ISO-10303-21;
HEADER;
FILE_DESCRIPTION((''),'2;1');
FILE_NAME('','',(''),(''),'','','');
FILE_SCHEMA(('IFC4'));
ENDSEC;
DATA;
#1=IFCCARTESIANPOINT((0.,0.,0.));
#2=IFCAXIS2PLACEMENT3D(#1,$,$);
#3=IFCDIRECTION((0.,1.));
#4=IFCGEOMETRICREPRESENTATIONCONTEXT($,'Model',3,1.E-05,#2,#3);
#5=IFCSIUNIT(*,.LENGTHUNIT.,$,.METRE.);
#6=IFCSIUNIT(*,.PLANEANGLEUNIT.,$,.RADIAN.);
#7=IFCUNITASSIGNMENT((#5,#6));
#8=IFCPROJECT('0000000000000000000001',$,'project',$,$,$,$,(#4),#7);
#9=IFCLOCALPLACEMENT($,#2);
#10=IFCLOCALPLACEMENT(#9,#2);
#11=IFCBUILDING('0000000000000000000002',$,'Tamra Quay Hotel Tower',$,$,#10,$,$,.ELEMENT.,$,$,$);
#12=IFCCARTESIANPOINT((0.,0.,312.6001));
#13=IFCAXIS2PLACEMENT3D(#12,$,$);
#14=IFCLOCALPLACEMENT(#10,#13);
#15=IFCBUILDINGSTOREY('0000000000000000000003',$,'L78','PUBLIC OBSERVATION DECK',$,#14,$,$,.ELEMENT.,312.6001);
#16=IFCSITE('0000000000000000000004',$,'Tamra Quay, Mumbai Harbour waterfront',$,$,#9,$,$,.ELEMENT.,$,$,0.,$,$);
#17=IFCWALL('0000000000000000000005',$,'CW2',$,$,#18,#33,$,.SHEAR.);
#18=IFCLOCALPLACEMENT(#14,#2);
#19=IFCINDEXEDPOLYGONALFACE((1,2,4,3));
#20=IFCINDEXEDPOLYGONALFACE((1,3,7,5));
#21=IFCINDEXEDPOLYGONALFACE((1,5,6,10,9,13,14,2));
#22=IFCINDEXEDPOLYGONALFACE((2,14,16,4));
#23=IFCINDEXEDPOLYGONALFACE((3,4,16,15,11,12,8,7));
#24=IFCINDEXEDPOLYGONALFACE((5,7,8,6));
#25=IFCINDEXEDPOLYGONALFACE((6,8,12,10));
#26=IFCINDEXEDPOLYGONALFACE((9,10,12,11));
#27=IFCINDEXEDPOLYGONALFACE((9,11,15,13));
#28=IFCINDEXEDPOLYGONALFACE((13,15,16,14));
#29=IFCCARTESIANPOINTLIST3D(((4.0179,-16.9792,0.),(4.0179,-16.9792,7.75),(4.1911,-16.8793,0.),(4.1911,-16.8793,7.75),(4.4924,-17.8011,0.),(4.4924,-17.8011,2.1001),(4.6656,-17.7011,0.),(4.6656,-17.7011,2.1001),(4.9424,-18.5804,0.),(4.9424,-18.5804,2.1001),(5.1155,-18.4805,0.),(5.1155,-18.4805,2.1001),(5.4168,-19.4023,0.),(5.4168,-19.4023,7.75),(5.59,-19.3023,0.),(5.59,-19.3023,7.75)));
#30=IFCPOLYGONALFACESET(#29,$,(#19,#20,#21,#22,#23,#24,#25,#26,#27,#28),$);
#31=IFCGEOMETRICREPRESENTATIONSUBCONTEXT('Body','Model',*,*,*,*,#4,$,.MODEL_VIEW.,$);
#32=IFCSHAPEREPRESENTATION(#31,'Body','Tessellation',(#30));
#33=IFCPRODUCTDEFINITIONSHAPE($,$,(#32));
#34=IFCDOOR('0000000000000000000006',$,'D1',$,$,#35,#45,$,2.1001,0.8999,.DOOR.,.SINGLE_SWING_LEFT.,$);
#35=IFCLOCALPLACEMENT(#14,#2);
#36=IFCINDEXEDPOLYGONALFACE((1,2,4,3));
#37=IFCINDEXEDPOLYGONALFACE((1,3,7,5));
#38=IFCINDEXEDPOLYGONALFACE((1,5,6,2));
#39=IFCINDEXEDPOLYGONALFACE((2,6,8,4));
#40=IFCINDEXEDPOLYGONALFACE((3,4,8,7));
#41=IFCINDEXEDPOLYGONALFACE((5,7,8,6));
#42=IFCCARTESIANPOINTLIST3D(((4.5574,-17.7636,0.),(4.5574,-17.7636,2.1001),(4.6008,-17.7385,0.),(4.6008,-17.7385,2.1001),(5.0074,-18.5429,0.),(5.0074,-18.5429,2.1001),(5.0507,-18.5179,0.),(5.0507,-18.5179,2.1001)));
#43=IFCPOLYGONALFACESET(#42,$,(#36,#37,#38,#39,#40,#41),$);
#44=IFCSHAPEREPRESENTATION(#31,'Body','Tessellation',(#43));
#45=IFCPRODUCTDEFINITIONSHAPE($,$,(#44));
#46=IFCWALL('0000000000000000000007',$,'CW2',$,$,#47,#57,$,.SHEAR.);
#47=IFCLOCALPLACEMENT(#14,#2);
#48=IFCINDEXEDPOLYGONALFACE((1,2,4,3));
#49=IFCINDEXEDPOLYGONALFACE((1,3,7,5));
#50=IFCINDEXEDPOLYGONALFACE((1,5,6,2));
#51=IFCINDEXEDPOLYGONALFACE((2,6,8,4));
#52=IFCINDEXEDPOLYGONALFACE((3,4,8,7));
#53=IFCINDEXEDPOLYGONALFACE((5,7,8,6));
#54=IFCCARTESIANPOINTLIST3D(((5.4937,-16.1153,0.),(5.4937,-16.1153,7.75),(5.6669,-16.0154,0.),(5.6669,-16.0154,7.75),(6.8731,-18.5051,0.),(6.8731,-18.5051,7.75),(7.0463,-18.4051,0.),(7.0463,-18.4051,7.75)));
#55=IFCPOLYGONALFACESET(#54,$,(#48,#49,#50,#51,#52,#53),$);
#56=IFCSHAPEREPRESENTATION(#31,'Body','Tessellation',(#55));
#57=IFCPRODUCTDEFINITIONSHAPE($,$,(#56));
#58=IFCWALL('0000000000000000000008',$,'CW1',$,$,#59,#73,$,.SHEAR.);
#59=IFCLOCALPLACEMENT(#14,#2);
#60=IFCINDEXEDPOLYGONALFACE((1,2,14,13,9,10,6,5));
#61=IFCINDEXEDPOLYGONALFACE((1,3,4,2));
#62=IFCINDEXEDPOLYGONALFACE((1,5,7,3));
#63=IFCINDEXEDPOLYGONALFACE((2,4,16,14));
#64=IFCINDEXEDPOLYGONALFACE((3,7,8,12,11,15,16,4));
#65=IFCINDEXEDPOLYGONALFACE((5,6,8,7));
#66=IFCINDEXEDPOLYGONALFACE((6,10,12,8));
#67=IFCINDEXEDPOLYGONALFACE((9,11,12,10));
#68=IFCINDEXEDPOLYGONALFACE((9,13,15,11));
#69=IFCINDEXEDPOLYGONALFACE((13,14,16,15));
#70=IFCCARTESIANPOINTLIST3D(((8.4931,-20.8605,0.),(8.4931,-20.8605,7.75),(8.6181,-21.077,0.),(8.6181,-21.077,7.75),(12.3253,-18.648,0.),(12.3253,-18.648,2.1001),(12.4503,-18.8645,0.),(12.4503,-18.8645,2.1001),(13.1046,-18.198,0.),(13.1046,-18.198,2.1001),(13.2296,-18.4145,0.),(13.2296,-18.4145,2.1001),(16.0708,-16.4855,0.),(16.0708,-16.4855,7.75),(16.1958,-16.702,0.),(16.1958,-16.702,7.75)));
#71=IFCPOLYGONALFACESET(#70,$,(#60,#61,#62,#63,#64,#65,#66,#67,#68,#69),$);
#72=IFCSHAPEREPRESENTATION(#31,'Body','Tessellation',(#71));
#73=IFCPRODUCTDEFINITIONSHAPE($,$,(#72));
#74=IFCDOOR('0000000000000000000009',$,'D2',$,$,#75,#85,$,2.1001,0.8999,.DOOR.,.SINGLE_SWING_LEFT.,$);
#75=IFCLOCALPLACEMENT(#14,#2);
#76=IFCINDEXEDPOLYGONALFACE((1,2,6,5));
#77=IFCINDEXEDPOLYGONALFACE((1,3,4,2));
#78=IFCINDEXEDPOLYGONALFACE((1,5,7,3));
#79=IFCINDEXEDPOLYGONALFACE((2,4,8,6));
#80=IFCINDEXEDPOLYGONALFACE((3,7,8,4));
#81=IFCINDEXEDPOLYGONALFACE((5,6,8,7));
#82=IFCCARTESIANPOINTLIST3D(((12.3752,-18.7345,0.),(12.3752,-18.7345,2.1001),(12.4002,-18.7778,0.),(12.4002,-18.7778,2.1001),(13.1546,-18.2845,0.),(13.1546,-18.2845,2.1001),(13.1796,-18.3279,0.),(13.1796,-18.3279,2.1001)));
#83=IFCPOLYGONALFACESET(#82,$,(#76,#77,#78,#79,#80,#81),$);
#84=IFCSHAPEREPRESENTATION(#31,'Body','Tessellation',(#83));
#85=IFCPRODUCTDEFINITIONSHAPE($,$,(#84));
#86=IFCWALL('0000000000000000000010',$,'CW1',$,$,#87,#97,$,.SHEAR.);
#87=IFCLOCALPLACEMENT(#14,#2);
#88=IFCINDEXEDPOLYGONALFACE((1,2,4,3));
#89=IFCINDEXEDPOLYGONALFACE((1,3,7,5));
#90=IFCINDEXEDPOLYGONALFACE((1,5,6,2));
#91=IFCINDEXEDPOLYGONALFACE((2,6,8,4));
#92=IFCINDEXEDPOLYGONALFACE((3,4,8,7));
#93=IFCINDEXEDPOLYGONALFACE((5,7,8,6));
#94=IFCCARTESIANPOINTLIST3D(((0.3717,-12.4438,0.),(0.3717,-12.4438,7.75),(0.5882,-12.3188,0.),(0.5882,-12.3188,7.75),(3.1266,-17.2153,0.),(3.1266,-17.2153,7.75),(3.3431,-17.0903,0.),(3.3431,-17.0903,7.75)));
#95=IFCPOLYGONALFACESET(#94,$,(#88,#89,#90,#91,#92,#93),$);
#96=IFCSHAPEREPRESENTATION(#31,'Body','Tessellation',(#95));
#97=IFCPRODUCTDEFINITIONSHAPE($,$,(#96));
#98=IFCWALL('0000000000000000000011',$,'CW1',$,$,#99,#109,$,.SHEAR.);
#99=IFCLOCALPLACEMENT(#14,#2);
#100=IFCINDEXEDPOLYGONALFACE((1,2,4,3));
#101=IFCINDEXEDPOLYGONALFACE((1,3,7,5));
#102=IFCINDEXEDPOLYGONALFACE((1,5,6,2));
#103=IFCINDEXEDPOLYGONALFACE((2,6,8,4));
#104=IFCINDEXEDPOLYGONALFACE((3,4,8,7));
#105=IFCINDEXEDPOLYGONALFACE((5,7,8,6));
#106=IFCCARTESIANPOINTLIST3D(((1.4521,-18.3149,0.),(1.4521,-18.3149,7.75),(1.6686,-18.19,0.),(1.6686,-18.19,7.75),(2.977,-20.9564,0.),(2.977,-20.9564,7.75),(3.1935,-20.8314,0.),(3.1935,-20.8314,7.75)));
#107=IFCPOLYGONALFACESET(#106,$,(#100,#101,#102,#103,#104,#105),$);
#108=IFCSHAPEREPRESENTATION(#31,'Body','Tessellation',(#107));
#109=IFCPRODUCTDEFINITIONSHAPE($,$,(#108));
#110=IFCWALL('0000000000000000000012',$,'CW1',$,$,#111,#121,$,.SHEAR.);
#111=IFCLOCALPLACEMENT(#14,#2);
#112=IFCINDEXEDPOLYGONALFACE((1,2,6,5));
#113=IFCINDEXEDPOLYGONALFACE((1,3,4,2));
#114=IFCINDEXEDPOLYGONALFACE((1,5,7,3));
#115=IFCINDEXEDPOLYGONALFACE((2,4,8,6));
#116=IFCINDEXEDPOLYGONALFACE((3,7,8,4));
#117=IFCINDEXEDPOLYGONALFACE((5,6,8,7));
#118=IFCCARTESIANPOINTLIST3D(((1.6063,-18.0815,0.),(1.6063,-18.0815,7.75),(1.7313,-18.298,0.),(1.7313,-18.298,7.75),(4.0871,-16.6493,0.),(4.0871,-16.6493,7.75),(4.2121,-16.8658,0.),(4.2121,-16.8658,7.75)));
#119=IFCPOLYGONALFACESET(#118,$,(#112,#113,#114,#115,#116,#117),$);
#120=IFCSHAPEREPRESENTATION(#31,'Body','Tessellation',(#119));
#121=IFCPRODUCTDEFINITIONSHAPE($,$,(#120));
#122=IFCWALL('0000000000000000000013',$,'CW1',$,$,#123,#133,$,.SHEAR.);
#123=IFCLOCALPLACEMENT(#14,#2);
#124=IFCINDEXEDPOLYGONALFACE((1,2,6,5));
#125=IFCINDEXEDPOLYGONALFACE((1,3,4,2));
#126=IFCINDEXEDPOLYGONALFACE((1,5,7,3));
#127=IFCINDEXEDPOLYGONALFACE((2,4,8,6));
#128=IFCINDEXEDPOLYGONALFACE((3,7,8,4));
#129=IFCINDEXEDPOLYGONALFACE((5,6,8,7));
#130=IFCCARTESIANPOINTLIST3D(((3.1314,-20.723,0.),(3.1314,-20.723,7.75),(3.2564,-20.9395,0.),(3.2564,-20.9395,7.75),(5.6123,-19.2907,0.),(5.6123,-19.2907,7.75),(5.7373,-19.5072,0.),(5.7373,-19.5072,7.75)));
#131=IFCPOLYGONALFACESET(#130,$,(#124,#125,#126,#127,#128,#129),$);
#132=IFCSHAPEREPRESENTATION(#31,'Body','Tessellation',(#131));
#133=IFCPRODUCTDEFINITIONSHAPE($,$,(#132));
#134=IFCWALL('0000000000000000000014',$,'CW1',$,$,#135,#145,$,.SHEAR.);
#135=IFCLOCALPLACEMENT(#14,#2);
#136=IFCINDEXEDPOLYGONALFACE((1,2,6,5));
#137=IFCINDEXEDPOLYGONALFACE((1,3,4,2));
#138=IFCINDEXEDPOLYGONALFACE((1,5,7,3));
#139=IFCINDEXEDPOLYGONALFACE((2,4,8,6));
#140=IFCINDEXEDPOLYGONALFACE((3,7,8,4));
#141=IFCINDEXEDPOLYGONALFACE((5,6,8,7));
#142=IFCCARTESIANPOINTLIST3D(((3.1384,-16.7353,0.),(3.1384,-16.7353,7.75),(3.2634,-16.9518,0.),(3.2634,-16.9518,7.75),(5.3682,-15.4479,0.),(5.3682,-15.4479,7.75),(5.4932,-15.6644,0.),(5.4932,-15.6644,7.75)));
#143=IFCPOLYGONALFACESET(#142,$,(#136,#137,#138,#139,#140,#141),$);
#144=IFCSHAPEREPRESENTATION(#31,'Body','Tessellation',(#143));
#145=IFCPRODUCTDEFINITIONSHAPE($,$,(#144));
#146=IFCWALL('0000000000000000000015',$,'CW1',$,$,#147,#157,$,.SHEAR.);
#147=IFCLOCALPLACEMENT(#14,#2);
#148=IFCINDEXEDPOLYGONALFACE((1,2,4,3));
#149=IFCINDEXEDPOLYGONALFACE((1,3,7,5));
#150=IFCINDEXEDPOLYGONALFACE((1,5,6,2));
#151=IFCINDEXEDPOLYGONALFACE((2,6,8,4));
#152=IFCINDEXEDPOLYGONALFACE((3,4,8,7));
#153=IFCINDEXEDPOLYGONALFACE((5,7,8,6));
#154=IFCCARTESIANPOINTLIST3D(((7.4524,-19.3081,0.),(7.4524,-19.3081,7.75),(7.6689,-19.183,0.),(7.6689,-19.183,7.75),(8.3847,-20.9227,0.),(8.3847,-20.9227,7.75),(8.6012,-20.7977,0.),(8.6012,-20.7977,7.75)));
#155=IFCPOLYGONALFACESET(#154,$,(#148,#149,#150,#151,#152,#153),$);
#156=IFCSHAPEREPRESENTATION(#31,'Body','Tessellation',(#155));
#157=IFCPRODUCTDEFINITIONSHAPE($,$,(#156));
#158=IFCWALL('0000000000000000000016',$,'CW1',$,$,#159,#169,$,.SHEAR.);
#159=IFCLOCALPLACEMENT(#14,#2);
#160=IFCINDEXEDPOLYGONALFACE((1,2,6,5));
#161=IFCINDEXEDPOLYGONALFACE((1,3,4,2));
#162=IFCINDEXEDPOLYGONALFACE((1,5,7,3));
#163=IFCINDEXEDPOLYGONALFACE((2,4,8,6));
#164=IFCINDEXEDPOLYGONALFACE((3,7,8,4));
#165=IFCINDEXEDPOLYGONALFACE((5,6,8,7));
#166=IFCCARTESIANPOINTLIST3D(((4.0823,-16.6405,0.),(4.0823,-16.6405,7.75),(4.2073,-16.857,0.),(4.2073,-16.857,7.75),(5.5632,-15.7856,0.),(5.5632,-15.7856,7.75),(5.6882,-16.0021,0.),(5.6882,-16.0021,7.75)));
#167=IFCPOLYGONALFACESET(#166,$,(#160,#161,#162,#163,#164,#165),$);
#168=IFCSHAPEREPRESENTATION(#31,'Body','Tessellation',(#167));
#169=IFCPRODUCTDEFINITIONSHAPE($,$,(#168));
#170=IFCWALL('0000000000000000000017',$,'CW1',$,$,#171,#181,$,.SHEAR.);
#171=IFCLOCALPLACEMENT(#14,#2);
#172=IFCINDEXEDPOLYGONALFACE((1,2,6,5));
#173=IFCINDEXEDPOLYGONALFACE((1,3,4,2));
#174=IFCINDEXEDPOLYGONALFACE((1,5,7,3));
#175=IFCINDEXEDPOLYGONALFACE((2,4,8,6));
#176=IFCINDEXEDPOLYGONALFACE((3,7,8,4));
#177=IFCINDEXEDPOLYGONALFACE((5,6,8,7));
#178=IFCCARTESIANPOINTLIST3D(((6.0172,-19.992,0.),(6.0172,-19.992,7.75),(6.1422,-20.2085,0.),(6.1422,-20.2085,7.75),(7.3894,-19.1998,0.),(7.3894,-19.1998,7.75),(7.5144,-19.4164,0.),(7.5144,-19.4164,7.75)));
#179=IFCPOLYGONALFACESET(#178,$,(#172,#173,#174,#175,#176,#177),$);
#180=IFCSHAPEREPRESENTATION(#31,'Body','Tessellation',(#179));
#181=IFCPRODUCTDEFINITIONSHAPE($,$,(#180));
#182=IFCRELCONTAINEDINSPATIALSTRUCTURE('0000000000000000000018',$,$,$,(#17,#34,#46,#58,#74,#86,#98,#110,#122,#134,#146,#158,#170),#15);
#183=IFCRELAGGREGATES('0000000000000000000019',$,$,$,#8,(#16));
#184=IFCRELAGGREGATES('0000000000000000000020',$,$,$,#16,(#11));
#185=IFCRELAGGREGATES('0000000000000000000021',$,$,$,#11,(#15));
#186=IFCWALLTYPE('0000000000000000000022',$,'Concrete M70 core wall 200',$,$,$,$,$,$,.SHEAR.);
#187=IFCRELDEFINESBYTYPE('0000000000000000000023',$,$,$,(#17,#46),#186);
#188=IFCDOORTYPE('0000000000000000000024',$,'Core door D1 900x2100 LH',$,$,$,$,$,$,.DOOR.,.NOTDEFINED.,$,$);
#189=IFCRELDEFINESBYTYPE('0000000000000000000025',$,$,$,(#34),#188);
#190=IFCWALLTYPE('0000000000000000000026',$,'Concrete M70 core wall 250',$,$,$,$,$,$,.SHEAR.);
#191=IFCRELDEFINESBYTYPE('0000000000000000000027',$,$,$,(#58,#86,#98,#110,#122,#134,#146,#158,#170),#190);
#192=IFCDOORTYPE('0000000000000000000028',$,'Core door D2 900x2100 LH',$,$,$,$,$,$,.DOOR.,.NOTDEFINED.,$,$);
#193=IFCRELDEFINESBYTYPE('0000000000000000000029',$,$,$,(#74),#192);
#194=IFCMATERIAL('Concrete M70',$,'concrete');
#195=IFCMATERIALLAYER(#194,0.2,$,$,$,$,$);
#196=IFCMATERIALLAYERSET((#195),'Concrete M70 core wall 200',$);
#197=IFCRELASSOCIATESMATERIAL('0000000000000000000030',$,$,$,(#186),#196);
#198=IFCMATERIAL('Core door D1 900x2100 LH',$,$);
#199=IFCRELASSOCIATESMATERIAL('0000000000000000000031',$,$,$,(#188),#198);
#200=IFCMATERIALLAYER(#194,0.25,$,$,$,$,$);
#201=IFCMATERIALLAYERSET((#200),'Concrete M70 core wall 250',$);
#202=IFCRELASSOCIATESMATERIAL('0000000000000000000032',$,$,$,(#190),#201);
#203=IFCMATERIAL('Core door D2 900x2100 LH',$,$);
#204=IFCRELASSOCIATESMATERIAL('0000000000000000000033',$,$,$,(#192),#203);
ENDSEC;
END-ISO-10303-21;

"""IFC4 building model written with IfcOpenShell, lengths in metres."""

from ifc_helpers import new_model, si_unit, direction, frame, frame_2d, origin, place, context, subcontext, project, spatial, rectangle, extrude, material, layer, layer_set, type_object, element, fill, save


model = new_model("IFC4")

# Units and contexts
model_context = context("Model", 3, precision=1e-05, world=origin(), true_north=direction((0.0, 1.0)))
body_context = subcontext(model_context, "Body", "Model", "MODEL_VIEW")
ifc_project = project(units=[si_unit("LENGTHUNIT", "METRE"), si_unit("PLANEANGLEUNIT", "RADIAN")], contexts=[model_context])

# Site, building, storey
site_placement = place(None, origin())
site = spatial("IfcSite", under=ifc_project, at=site_placement, Name="Tamra Quay, Mumbai Harbour waterfront", CompositionType="ELEMENT", RefElevation=0.0)
building_placement = place(site_placement, origin())
building = spatial("IfcBuilding", under=site, at=building_placement, Name="Tamra Quay Hotel Tower", CompositionType="ELEMENT")
storey_placement = place(building_placement, frame((0.0, 0.0, 312.6001)))
storey = spatial("IfcBuildingStorey", under=building, at=storey_placement, Name="L78", Description="PUBLIC OBSERVATION DECK", CompositionType="ELEMENT", Elevation=312.6001)

# Shared definitions
ifc_material_1 = material(Name="Concrete M70", Category="concrete")

# Shared definitions
ifc_layer_1 = layer(ifc_material_1, 0.2)
ifc_layer_set_1 = layer_set([ifc_layer_1], Name="Concrete M70 core wall 200")
wall_type_1 = type_object("IfcWallType", Name="Concrete M70 core wall 200", PredefinedType="SHEAR", material=ifc_layer_set_1)

# Wall, opening, door
wall_1_placement = place(storey_placement, frame((5.5034, -19.3523, 0.0), z_axis=(0.0, 0.0, 1.0), x_axis=(-0.499987, 0.866033, 0.0)))
wall_1 = element("IfcWall", 1, at=wall_1_placement, inside=storey, type_object=wall_type_1, Name="CW2", PredefinedType="SHEAR", context=body_context, shape_type="SweptSolid", body=[
    extrude(rectangle(XDim=2.7979, YDim=0.2, at=frame_2d((1.3989, 0.0))), origin(), (0.0, 0.0, 1.0), 7.75),
])
opening_1_placement = place(wall_1_placement, frame((0.949, 0.0, 0.0)))
opening_1 = element("IfcOpeningElement", 2, at=opening_1_placement, cuts=wall_1, PredefinedType="OPENING", context=body_context, shape_type="SweptSolid", body=[
    extrude(rectangle(XDim=0.8999, YDim=2.1001, at=frame_2d((0.45, 1.05))), frame((0.0, 0.1099, 0.0), z_axis=(0.0, -1.0, 0.0), x_axis=(1.0, 0.0, 0.0)), (0.0, 0.0, 1.0), 0.22),
])
ifc_material_2 = material(Name="Core door D1 900x2100 LH")
door_type_1 = type_object("IfcDoorType", Name="Core door D1 900x2100 LH", OperationType="NOTDEFINED", PredefinedType="DOOR", material=ifc_material_2)
door_1_placement = place(opening_1_placement, origin())
door_1 = element("IfcDoor", 3, at=door_1_placement, inside=storey, type_object=door_type_1, Name="D1", OperationType="SINGLE_SWING_LEFT", OverallHeight=2.1001, OverallWidth=0.8999, PredefinedType="DOOR", context=body_context, shape_type="SweptSolid", body=[
    extrude(rectangle(XDim=0.8999, YDim=2.1001, at=frame_2d((0.45, 1.05))), frame((0.0, 0.0249, 0.0), z_axis=(0.0, -1.0, 0.0), x_axis=(1.0, 0.0, 0.0)), (0.0, 0.0, 1.0), 0.05),
])
fill(opening_1, door_1)

# Wall
wall_2_placement = place(storey_placement, frame((6.9597, -18.4551, 0.0), z_axis=(0.0, 0.0, 1.0), x_axis=(-0.499927, 0.866068, 0.0)))
element("IfcWall", 4, at=wall_2_placement, inside=storey, type_object=wall_type_1, Name="CW2", PredefinedType="SHEAR", context=body_context, shape_type="SweptSolid", body=[
    extrude(rectangle(XDim=2.7593, YDim=0.2, at=frame_2d((1.3796, 0.0))), origin(), (0.0, 0.0, 1.0), 7.75),
])

# Wall, opening, door
ifc_layer_2 = layer(ifc_material_1, 0.25)
ifc_layer_set_2 = layer_set([ifc_layer_2], Name="Concrete M70 core wall 250")
wall_type_2 = type_object("IfcWallType", Name="Concrete M70 core wall 250", PredefinedType="SHEAR", material=ifc_layer_set_2)
wall_3_placement = place(storey_placement, frame((16.1333, -16.5938, 0.0), z_axis=(0.0, 0.0, 1.0), x_axis=(-0.866023, -0.500004, 0.0)))
wall_3 = element("IfcWall", 5, at=wall_3_placement, inside=storey, type_object=wall_type_2, Name="CW1", PredefinedType="SHEAR", context=body_context, shape_type="SweptSolid", body=[
    extrude(rectangle(XDim=8.75, YDim=0.25, at=frame_2d((4.375, 0.0))), origin(), (0.0, 0.0, 1.0), 7.75),
])
opening_2_placement = place(wall_3_placement, frame((3.425, 0.0, 0.0)))
opening_2 = element("IfcOpeningElement", 6, at=opening_2_placement, cuts=wall_3, PredefinedType="OPENING", context=body_context, shape_type="SweptSolid", body=[
    extrude(rectangle(XDim=0.8999, YDim=2.1001, at=frame_2d((0.45, 1.05))), frame((0.0, 0.135, 0.0), z_axis=(0.0, -1.0, 0.0), x_axis=(1.0, 0.0, 0.0)), (0.0, 0.0, 1.0), 0.27),
])
ifc_material_3 = material(Name="Core door D2 900x2100 LH")
door_type_2 = type_object("IfcDoorType", Name="Core door D2 900x2100 LH", OperationType="NOTDEFINED", PredefinedType="DOOR", material=ifc_material_3)
door_2_placement = place(opening_2_placement, origin())
door_2 = element("IfcDoor", 7, at=door_2_placement, inside=storey, type_object=door_type_2, Name="D2", OperationType="SINGLE_SWING_LEFT", OverallHeight=2.1001, OverallWidth=0.8999, PredefinedType="DOOR", context=body_context, shape_type="SweptSolid", body=[
    extrude(rectangle(XDim=0.8999, YDim=2.1001, at=frame_2d((0.45, 1.05))), frame((0.0, 0.0249, 0.0), z_axis=(0.0, -1.0, 0.0), x_axis=(1.0, 0.0, 0.0)), (0.0, 0.0, 1.0), 0.05),
])
fill(opening_2, door_2)

# Walls
wall_4_placement = place(storey_placement, frame((3.2349, -17.1528, 0.0), z_axis=(0.0, 0.0, 1.0), x_axis=(-0.500009, 0.86602, 0.0)))
element("IfcWall", 8, at=wall_4_placement, inside=storey, type_object=wall_type_2, Name="CW1", PredefinedType="SHEAR", context=body_context, shape_type="SweptSolid", body=[
    extrude(rectangle(XDim=5.5098, YDim=0.25, at=frame_2d((2.7549, 0.0))), origin(), (0.0, 0.0, 1.0), 7.75),
])
wall_5_placement = place(storey_placement, frame((3.0852, -20.8938, 0.0), z_axis=(0.0, 0.0, 1.0), x_axis=(-0.499979, 0.866038, 0.0)))
element("IfcWall", 9, at=wall_5_placement, inside=storey, type_object=wall_type_2, Name="CW1", PredefinedType="SHEAR", context=body_context, shape_type="SweptSolid", body=[
    extrude(rectangle(XDim=3.05, YDim=0.25, at=frame_2d((1.5249, 0.0))), origin(), (0.0, 0.0, 1.0), 7.75),
])
wall_6_placement = place(storey_placement, frame((1.6689, -18.1897, 0.0), z_axis=(0.0, 0.0, 1.0), x_axis=(0.866042, 0.499971, 0.0)))
element("IfcWall", 10, at=wall_6_placement, inside=storey, type_object=wall_type_2, Name="CW1", PredefinedType="SHEAR", context=body_context, shape_type="SweptSolid", body=[
    extrude(rectangle(XDim=2.8645, YDim=0.25, at=frame_2d((1.4321, 0.0))), origin(), (0.0, 0.0, 1.0), 7.75),
])
wall_7_placement = place(storey_placement, frame((5.6748, -19.3989, 0.0), z_axis=(0.0, 0.0, 1.0), x_axis=(-0.866027, -0.499998, 0.0)))
element("IfcWall", 11, at=wall_7_placement, inside=storey, type_object=wall_type_2, Name="CW1", PredefinedType="SHEAR", context=body_context, shape_type="SweptSolid", body=[
    extrude(rectangle(XDim=2.8647, YDim=0.25, at=frame_2d((1.4324, 0.0))), origin(), (0.0, 0.0, 1.0), 7.75),
])
wall_8_placement = place(storey_placement, frame((5.4307, -15.5562, 0.0), z_axis=(0.0, 0.0, 1.0), x_axis=(-0.866023, -0.500004, 0.0)))
element("IfcWall", 12, at=wall_8_placement, inside=storey, type_object=wall_type_2, Name="CW1", PredefinedType="SHEAR", context=body_context, shape_type="SweptSolid", body=[
    extrude(rectangle(XDim=2.5747, YDim=0.25, at=frame_2d((1.2874, 0.0))), origin(), (0.0, 0.0, 1.0), 7.75),
])
wall_9_placement = place(storey_placement, frame((8.4929, -20.8601, 0.0), z_axis=(0.0, 0.0, 1.0), x_axis=(-0.50004, 0.866002, 0.0)))
element("IfcWall", 13, at=wall_9_placement, inside=storey, type_object=wall_type_2, Name="CW1", PredefinedType="SHEAR", context=body_context, shape_type="SweptSolid", body=[
    extrude(rectangle(XDim=1.8645, YDim=0.25, at=frame_2d((0.9321, 0.0))), origin(), (0.0, 0.0, 1.0), 7.75),
])
wall_10_placement = place(storey_placement, frame((4.1448, -16.7488, 0.0), z_axis=(0.0, 0.0, 1.0), x_axis=(0.866038, 0.499978, 0.0)))
element("IfcWall", 14, at=wall_10_placement, inside=storey, type_object=wall_type_2, Name="CW1", PredefinedType="SHEAR", context=body_context, shape_type="SweptSolid", body=[
    extrude(rectangle(XDim=1.71, YDim=0.25, at=frame_2d((0.855, 0.0))), origin(), (0.0, 0.0, 1.0), 7.75),
])
wall_11_placement = place(storey_placement, frame((7.4519, -19.3081, 0.0), z_axis=(0.0, 0.0, 1.0), x_axis=(-0.866044, -0.499967, 0.0)))
element("IfcWall", 15, at=wall_11_placement, inside=storey, type_object=wall_type_2, Name="CW1", PredefinedType="SHEAR", context=body_context, shape_type="SweptSolid", body=[
    extrude(rectangle(XDim=1.5845, YDim=0.25, at=frame_2d((0.7922, 0.0))), origin(), (0.0, 0.0, 1.0), 7.75),
])

save(model, "model.ifc")
